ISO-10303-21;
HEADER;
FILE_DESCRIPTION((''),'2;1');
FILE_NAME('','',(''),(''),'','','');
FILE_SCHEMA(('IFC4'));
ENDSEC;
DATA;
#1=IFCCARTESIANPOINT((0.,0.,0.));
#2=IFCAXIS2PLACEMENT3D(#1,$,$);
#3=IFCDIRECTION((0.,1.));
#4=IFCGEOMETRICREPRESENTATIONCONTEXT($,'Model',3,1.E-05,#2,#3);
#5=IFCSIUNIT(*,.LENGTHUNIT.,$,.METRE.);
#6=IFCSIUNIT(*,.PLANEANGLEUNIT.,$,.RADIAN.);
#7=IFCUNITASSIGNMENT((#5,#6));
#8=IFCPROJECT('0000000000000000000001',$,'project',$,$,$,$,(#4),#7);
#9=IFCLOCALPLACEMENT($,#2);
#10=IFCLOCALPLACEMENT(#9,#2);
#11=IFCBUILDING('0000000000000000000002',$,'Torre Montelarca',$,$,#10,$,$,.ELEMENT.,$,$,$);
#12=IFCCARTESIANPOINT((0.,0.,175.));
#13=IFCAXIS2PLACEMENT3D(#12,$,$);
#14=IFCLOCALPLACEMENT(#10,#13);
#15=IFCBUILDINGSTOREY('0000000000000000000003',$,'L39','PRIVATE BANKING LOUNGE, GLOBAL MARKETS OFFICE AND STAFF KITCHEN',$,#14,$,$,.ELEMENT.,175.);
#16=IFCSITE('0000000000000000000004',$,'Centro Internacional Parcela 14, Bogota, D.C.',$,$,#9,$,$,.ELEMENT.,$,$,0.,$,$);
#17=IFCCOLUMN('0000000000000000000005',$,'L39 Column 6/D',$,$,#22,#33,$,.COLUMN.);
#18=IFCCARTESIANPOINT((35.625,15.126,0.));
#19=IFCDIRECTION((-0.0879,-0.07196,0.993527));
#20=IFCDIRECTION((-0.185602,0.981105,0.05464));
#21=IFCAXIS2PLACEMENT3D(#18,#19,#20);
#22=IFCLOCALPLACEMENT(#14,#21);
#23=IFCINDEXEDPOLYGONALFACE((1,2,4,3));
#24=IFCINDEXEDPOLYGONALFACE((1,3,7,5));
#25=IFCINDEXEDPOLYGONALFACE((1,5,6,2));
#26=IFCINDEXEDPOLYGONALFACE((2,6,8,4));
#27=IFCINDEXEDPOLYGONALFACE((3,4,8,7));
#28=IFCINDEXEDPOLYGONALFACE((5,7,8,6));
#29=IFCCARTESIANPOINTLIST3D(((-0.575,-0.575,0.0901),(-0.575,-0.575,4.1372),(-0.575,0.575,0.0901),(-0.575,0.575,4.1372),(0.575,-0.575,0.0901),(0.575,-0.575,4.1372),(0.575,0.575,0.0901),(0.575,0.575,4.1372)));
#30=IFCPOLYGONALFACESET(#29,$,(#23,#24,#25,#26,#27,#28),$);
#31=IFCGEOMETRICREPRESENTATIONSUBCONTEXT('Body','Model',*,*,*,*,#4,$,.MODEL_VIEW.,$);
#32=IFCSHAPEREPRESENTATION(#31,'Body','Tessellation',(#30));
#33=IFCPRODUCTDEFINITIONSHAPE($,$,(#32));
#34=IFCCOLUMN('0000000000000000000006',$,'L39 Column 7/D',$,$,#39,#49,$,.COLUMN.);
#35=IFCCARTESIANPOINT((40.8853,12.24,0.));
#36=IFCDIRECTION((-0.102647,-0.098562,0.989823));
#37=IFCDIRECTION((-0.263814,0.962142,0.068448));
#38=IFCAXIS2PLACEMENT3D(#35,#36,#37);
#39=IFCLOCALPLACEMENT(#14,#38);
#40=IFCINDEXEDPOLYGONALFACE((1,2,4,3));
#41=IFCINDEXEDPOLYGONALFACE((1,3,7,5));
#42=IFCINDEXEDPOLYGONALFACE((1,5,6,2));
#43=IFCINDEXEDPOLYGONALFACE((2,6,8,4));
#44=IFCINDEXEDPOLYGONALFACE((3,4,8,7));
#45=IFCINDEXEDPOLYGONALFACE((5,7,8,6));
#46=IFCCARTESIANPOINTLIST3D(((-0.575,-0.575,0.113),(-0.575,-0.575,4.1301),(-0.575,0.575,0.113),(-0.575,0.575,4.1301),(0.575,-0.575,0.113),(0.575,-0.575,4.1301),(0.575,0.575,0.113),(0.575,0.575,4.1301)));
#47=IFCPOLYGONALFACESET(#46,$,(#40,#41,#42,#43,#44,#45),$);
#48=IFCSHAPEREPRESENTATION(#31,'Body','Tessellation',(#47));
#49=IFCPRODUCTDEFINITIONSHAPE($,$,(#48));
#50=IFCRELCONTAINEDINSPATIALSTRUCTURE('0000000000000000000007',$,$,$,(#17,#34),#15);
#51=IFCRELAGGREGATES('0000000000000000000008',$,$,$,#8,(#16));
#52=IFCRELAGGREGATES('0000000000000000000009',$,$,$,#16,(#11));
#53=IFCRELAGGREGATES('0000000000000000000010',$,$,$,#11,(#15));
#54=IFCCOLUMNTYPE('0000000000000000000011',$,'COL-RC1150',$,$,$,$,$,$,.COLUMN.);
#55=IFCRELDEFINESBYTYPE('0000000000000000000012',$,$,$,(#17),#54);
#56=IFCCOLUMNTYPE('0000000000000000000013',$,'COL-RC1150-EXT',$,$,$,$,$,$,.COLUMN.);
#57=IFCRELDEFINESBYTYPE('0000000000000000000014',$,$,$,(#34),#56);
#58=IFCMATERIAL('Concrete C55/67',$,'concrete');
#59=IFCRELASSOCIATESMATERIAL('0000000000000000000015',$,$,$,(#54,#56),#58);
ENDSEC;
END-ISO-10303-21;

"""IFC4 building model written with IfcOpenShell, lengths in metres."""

from ifc_helpers import new_model, si_unit, direction, frame, origin, origin_2d, place, context, subcontext, project, spatial, rectangle, extrude, clip, halfspace, material, material_profile, profile_set, type_object, element, save


model = new_model("IFC4")

# Units and contexts
model_context = context("Model", 3, precision=1e-05, world=origin(), true_north=direction((0.0, 1.0)))
body_context = subcontext(model_context, "Body", "Model", "MODEL_VIEW")
ifc_project = project(units=[si_unit("LENGTHUNIT", "METRE"), si_unit("PLANEANGLEUNIT", "RADIAN")], contexts=[model_context])

# Site, building, storey
site_placement = place(None, origin())
site = spatial("IfcSite", under=ifc_project, at=site_placement, Name="Centro Internacional Parcela 14, Bogota, D.C.", CompositionType="ELEMENT", RefElevation=0.0)
building_placement = place(site_placement, origin())
building = spatial("IfcBuilding", under=site, at=building_placement, Name="Torre Montelarca", CompositionType="ELEMENT")
storey_placement = place(building_placement, frame((0.0, 0.0, 175.0)))
storey = spatial("IfcBuildingStorey", under=building, at=storey_placement, Name="L39", Description="PRIVATE BANKING LOUNGE, GLOBAL MARKETS OFFICE AND STAFF KITCHEN", CompositionType="ELEMENT", Elevation=175.0)

# Columns
ifc_material_1 = material(Name="Concrete C55/67", Category="concrete")
ifc_material_profile_1 = material_profile(ifc_material_1, rectangle(XDim=1.1499, YDim=1.1499, at=origin_2d()), Name="RC1150X1150", Category="concrete")
ifc_profile_set_1 = profile_set([ifc_material_profile_1], Name="Concrete C55/67")
column_type_1 = type_object("IfcColumnType", Name="COL-RC1150", PredefinedType="COLUMN", material=ifc_profile_set_1)
column_1_placement = place(storey_placement, frame((35.625, 15.126, 0.0), z_axis=(-0.0879, -0.07196, 0.993527), x_axis=(-0.185602, 0.981105, 0.05464)))
element("IfcColumn", 1, at=column_1_placement, inside=storey, type_object=column_type_1, Name="L39 Column 6/D", PredefinedType="COLUMN", context=body_context, shape_type="Clipping", body=[
    clip(clip(extrude(rectangle(XDim=1.1499, YDim=1.1499, at=origin_2d()), origin(), (0.0, 0.0, 1.0), 4.2273), halfspace(frame((0.0, 0.0, 0.0901), z_axis=(0.0, 0.0, -1.0), x_axis=(1.0, 0.0, 0.0)), False)), halfspace(frame((0.0, 0.0, 4.1372), z_axis=(0.0, 0.0, 1.0), x_axis=(1.0, 0.0, 0.0)), False)),
])
ifc_material_profile_2 = material_profile(ifc_material_1, rectangle(XDim=1.1499, YDim=1.1499, at=origin_2d()), Name="RC1150X1150", Category="concrete")
ifc_profile_set_2 = profile_set([ifc_material_profile_2], Name="Concrete C55/67")
column_type_2 = type_object("IfcColumnType", Name="COL-RC1150-EXT", PredefinedType="COLUMN", material=ifc_profile_set_2)
column_2_placement = place(storey_placement, frame((40.8853, 12.24, 0.0), z_axis=(-0.102647, -0.098562, 0.989823), x_axis=(-0.263814, 0.962142, 0.068448)))
element("IfcColumn", 2, at=column_2_placement, inside=storey, type_object=column_type_2, Name="L39 Column 7/D", PredefinedType="COLUMN", context=body_context, shape_type="Clipping", body=[
    clip(clip(extrude(rectangle(XDim=1.1499, YDim=1.1499, at=origin_2d()), origin(), (0.0, 0.0, 1.0), 4.2432), halfspace(frame((0.0, 0.0, 0.113), z_axis=(0.0, 0.0, -1.0), x_axis=(1.0, 0.0, 0.0)), False)), halfspace(frame((0.0, 0.0, 4.1301), z_axis=(0.0, 0.0, 1.0), x_axis=(1.0, 0.0, 0.0)), False)),
])

save(model, "model.ifc")
